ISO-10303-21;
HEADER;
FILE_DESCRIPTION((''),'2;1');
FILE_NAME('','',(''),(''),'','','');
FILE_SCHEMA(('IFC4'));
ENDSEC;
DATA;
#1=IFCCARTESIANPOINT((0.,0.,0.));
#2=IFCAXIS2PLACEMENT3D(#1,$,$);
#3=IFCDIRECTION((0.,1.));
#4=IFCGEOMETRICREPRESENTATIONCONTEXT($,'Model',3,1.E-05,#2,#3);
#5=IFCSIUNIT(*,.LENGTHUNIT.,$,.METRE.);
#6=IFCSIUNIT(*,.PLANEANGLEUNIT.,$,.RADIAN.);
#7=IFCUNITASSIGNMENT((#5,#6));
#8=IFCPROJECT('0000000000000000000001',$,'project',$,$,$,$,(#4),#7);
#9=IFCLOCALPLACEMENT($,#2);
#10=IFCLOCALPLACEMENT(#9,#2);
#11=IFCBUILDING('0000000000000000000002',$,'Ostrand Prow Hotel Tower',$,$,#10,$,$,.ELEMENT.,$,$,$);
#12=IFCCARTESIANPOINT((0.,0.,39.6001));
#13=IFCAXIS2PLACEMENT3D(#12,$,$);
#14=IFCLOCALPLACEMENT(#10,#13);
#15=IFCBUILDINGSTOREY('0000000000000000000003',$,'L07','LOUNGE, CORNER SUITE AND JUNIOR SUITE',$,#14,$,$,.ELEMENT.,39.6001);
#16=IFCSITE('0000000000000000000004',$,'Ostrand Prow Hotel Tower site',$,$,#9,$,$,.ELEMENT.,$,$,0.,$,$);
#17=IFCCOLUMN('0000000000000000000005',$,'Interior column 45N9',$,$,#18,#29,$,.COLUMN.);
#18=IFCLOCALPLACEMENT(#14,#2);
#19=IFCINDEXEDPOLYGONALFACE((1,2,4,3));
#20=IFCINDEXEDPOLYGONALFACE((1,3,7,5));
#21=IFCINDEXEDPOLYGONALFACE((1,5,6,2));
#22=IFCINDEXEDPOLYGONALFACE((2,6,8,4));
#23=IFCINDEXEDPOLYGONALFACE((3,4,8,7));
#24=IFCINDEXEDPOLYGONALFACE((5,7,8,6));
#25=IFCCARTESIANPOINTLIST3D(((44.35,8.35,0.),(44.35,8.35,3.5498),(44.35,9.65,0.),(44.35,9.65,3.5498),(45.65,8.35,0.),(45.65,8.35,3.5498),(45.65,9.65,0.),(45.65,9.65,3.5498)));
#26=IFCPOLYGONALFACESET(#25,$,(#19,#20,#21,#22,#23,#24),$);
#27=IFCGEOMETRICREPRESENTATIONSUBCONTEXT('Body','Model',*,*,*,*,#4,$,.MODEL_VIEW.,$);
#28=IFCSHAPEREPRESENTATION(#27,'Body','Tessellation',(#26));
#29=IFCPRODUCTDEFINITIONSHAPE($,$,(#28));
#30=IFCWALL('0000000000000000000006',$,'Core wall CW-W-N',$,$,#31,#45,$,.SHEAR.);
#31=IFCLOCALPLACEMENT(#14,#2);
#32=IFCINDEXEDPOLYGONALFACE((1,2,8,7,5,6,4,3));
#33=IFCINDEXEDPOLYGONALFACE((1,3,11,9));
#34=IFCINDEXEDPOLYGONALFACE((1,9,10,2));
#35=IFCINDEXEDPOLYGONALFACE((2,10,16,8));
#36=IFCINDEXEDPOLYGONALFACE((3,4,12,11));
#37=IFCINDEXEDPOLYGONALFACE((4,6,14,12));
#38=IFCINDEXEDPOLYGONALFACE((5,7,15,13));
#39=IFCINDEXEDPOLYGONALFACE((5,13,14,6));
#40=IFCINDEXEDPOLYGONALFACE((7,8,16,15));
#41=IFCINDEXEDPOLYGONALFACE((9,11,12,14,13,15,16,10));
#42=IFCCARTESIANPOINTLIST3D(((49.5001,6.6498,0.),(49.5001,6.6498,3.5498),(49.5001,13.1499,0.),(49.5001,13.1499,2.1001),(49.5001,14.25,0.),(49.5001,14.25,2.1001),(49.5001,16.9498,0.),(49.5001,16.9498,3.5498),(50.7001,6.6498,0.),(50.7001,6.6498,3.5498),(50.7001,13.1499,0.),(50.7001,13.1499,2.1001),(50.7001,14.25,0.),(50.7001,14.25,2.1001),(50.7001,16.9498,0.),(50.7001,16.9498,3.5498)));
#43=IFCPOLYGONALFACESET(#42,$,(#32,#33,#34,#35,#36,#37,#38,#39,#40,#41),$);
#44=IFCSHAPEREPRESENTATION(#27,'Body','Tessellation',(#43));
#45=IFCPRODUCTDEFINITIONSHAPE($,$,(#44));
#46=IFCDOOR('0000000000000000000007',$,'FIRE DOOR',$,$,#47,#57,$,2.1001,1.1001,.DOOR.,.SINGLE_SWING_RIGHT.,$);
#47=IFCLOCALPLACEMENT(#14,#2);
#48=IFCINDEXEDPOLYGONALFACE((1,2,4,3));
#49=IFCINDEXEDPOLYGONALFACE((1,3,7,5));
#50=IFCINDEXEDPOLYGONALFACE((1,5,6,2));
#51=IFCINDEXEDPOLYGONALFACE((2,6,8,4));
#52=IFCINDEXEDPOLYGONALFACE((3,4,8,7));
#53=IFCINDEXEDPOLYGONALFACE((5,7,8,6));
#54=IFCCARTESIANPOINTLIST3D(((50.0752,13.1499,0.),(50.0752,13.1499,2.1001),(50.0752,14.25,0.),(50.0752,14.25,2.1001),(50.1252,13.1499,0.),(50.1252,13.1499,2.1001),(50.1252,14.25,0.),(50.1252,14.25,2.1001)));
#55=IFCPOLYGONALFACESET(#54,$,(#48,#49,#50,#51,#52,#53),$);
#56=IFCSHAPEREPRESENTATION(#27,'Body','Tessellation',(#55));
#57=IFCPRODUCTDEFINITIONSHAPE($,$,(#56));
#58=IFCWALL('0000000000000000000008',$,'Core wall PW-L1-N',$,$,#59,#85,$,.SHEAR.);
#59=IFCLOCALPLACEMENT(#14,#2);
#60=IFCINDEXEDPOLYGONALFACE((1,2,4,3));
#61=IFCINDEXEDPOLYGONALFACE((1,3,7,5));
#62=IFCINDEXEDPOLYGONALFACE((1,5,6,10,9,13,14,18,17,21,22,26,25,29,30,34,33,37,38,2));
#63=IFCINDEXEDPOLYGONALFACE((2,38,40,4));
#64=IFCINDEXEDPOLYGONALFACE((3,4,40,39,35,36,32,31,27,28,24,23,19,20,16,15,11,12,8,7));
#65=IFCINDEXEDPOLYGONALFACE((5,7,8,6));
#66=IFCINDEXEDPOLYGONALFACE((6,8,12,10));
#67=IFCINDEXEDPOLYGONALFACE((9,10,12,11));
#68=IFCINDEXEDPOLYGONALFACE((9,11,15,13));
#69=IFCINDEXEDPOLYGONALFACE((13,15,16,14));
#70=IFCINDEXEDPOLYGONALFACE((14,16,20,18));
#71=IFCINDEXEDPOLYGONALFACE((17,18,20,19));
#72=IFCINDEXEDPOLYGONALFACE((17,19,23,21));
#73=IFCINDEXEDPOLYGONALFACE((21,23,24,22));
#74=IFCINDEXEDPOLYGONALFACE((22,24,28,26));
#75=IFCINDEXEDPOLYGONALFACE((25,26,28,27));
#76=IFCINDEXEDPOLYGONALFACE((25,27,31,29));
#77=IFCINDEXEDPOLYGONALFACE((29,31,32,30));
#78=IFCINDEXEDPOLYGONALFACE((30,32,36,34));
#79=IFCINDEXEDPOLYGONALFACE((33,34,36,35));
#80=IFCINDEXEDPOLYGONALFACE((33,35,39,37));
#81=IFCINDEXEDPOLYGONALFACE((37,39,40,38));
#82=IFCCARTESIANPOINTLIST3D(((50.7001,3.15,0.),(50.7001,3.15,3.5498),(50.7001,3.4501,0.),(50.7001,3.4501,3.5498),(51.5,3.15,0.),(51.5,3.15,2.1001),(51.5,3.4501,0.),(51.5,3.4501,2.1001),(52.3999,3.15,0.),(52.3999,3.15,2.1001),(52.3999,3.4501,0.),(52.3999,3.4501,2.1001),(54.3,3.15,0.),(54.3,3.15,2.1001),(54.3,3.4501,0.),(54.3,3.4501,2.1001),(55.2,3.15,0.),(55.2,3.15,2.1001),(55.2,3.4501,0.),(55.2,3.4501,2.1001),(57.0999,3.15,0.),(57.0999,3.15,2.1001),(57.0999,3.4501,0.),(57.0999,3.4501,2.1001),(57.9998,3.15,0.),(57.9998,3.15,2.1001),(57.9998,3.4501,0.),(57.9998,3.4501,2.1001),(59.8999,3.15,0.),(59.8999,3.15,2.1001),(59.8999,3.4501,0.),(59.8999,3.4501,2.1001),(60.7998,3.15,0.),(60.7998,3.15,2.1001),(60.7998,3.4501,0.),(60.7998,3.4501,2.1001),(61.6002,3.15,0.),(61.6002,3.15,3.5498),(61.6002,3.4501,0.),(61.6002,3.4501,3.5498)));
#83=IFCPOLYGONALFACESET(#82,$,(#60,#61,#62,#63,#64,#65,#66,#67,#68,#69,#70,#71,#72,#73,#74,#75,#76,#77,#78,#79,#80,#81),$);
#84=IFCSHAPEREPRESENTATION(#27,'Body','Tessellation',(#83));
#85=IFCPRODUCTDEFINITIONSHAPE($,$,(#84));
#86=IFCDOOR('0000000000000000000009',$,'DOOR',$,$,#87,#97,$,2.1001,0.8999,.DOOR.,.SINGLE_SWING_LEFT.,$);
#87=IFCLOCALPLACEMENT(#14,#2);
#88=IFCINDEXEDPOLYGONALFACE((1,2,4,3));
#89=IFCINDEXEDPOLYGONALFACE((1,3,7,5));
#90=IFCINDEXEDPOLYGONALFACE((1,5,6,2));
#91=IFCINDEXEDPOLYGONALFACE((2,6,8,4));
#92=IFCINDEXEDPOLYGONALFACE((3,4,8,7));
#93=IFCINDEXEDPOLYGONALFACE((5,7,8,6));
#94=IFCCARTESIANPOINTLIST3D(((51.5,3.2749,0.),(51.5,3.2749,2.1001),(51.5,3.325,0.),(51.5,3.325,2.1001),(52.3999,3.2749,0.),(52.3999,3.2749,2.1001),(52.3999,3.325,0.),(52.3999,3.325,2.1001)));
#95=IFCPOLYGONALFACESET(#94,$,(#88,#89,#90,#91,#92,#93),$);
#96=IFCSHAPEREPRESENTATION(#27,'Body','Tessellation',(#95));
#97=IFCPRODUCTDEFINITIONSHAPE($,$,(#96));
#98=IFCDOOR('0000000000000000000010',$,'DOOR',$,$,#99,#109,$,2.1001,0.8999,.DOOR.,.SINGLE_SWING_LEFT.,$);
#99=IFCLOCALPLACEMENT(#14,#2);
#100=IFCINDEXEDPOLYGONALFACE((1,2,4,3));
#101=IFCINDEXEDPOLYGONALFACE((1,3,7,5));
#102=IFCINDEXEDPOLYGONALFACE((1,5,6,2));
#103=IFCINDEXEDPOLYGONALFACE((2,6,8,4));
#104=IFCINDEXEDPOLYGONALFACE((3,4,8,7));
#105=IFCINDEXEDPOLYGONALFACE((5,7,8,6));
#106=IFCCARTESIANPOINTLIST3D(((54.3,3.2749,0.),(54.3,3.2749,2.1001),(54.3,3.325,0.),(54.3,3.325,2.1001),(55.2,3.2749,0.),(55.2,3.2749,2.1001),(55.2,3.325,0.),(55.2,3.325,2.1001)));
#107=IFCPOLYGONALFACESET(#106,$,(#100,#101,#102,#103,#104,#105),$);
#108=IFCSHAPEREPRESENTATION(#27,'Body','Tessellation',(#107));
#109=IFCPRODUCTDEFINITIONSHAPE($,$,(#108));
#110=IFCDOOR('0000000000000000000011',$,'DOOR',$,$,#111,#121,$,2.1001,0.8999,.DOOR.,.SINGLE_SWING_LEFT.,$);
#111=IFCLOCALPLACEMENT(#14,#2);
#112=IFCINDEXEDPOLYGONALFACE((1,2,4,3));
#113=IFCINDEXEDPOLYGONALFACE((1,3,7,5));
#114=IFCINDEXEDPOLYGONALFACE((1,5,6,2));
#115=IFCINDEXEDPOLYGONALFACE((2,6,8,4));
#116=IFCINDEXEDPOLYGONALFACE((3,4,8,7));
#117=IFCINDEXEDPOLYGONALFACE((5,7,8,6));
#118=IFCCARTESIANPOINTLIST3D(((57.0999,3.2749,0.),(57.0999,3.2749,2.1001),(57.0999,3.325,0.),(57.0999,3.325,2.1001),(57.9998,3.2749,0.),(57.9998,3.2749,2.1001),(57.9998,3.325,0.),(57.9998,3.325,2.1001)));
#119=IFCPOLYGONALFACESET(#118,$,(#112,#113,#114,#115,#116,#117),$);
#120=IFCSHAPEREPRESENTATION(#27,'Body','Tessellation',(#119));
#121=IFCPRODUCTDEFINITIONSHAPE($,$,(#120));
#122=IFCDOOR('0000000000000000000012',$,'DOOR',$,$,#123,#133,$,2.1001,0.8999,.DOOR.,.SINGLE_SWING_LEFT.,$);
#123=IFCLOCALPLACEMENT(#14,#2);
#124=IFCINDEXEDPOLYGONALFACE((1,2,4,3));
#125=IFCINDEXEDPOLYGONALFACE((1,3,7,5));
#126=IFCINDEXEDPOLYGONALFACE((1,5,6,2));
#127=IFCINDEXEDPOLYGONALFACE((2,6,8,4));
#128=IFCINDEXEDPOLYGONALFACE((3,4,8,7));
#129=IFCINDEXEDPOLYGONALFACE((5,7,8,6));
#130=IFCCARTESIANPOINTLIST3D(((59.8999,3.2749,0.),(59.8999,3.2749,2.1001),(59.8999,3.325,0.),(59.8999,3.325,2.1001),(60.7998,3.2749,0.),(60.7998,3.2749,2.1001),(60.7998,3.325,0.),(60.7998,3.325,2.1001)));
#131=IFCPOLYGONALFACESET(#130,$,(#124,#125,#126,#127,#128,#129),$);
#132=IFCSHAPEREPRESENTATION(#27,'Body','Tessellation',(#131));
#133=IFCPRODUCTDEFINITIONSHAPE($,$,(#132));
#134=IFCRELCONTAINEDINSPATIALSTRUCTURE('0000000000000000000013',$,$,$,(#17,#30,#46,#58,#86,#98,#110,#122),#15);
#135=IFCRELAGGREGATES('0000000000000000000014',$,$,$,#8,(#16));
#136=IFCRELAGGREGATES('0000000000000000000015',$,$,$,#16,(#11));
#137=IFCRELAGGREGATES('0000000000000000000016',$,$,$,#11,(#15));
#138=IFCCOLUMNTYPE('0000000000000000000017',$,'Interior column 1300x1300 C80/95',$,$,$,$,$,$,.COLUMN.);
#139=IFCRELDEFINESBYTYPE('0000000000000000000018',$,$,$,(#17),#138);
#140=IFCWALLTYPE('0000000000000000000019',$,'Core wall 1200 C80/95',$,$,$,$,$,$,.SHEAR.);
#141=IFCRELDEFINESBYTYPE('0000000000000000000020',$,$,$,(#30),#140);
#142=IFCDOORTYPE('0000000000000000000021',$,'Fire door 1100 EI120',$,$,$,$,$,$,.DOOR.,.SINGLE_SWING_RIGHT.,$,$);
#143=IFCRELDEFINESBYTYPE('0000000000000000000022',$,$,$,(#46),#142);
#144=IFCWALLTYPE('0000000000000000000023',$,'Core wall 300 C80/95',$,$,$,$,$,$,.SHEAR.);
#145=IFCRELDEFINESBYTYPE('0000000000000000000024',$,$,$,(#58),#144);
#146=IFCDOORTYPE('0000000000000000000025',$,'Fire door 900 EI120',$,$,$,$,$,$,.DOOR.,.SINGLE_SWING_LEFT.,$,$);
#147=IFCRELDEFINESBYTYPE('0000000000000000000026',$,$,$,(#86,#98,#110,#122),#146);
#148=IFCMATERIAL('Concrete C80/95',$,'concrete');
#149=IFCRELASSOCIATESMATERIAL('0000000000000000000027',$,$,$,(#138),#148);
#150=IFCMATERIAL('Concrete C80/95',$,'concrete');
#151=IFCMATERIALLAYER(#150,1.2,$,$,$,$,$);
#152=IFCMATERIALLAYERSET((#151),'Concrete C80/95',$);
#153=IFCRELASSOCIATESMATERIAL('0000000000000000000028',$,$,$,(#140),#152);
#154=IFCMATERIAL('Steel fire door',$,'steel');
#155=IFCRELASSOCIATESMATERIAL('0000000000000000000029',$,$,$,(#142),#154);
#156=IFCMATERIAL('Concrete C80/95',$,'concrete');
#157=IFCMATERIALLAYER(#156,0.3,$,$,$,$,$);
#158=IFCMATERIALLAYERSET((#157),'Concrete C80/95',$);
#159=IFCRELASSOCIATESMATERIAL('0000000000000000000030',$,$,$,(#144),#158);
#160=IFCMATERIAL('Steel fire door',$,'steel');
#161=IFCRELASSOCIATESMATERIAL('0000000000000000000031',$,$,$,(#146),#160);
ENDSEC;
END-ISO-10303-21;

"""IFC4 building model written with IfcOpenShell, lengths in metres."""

from ifc_helpers import new_model, si_unit, direction, frame, frame_2d, origin, origin_2d, place, context, subcontext, project, spatial, rectangle, extrude, material, layer, layer_set, material_profile, profile_set, type_object, element, fill, save


model = new_model("IFC4")

# Units and contexts
model_context = context("Model", 3, precision=1e-05, world=origin(), true_north=direction((0.0, 1.0)))
body_context = subcontext(model_context, "Body", "Model", "MODEL_VIEW")
ifc_project = project(units=[si_unit("LENGTHUNIT", "METRE"), si_unit("PLANEANGLEUNIT", "RADIAN")], contexts=[model_context])

# Site, building, storey
site_placement = place(None, origin())
site = spatial("IfcSite", under=ifc_project, at=site_placement, Name="Ostrand Prow Hotel Tower site", CompositionType="ELEMENT", RefElevation=0.0)
building_placement = place(site_placement, origin())
building = spatial("IfcBuilding", under=site, at=building_placement, Name="Ostrand Prow Hotel Tower", CompositionType="ELEMENT")
storey_placement = place(building_placement, frame((0.0, 0.0, 39.6001)))
storey = spatial("IfcBuildingStorey", under=building, at=storey_placement, Name="L07", Description="LOUNGE, CORNER SUITE AND JUNIOR SUITE", CompositionType="ELEMENT", Elevation=39.6001)

# Column
ifc_material_1 = material(Name="Concrete C80/95", Category="concrete")
ifc_material_profile = material_profile(ifc_material_1, rectangle(XDim=1.3, YDim=1.3, at=origin_2d()), Name="RC 1300x1300")
ifc_profile_set = profile_set([ifc_material_profile], Name="Concrete C80/95")
column_type = type_object("IfcColumnType", Name="Interior column 1300x1300 C80/95", PredefinedType="COLUMN", material=ifc_profile_set)
column_placement = place(storey_placement, frame((45.0, 9.0, 0.0), z_axis=(0.0, 0.0, 1.0), x_axis=(1.0, 0.0, 0.0)))
element("IfcColumn", 1, at=column_placement, inside=storey, type_object=column_type, Name="Interior column 45N9", PredefinedType="COLUMN", context=body_context, shape_type="SweptSolid", body=[
    extrude(rectangle(XDim=1.3, YDim=1.3, at=origin_2d()), origin(), (0.0, 0.0, 1.0), 3.5498),
])

# Wall, opening, door
ifc_material_2 = material(Name="Concrete C80/95", Category="concrete")
ifc_layer_1 = layer(ifc_material_2, 1.2)
ifc_layer_set_1 = layer_set([ifc_layer_1], Name="Concrete C80/95")
wall_type_1 = type_object("IfcWallType", Name="Core wall 1200 C80/95", PredefinedType="SHEAR", material=ifc_layer_set_1)
wall_1_placement = place(storey_placement, frame((50.1001, 6.6499, 0.0), z_axis=(0.0, 0.0, 1.0), x_axis=(0.0, 1.0, 0.0)))
wall_1 = element("IfcWall", 2, at=wall_1_placement, inside=storey, type_object=wall_type_1, Name="Core wall CW-W-N", PredefinedType="SHEAR", context=body_context, shape_type="SweptSolid", body=[
    extrude(rectangle(XDim=10.3, YDim=1.2, at=frame_2d((5.1499, 0.0))), origin(), (0.0, 0.0, 1.0), 3.5498),
])
opening_1_placement = place(wall_1_placement, frame((6.5, 0.0, 0.0)))
opening_1 = element("IfcOpeningElement", 3, at=opening_1_placement, cuts=wall_1, PredefinedType="OPENING", context=body_context, shape_type="SweptSolid", body=[
    extrude(rectangle(XDim=1.1001, YDim=2.1001, at=frame_2d((0.55, 1.05))), frame((0.0, 0.6099, 0.0), z_axis=(0.0, -1.0, 0.0), x_axis=(1.0, 0.0, 0.0)), (0.0, 0.0, 1.0), 1.22),
])
ifc_material_3 = material(Name="Steel fire door", Category="steel")
door_type_1 = type_object("IfcDoorType", Name="Fire door 1100 EI120", OperationType="SINGLE_SWING_RIGHT", PredefinedType="DOOR", material=ifc_material_3)
door_1_placement = place(opening_1_placement, origin())
door_1 = element("IfcDoor", 4, at=door_1_placement, inside=storey, type_object=door_type_1, Name="FIRE DOOR", OperationType="SINGLE_SWING_RIGHT", OverallHeight=2.1001, OverallWidth=1.1001, PredefinedType="DOOR", context=body_context, shape_type="SweptSolid", body=[
    extrude(rectangle(XDim=1.1001, YDim=2.1001, at=frame_2d((0.55, 1.05))), frame((0.0, 0.0249, 0.0), z_axis=(0.0, -1.0, 0.0), x_axis=(1.0, 0.0, 0.0)), (0.0, 0.0, 1.0), 0.05),
])
fill(opening_1, door_1)

# Wall, openings, doors
ifc_material_4 = material(Name="Concrete C80/95", Category="concrete")
ifc_layer_2 = layer(ifc_material_4, 0.3)
ifc_layer_set_2 = layer_set([ifc_layer_2], Name="Concrete C80/95")
wall_type_2 = type_object("IfcWallType", Name="Core wall 300 C80/95", PredefinedType="SHEAR", material=ifc_layer_set_2)
wall_2_placement = place(storey_placement, frame((50.7, 3.3, 0.0), z_axis=(0.0, 0.0, 1.0), x_axis=(1.0, 0.0, 0.0)))
wall_2 = element("IfcWall", 5, at=wall_2_placement, inside=storey, type_object=wall_type_2, Name="Core wall PW-L1-N", PredefinedType="SHEAR", context=body_context, shape_type="SweptSolid", body=[
    extrude(rectangle(XDim=10.9001, YDim=0.3, at=frame_2d((5.4502, 0.0))), origin(), (0.0, 0.0, 1.0), 3.5498),
])
opening_2_placement = place(wall_2_placement, frame((0.8, 0.0, 0.0)))
opening_2 = element("IfcOpeningElement", 6, at=opening_2_placement, cuts=wall_2, PredefinedType="OPENING", context=body_context, shape_type="SweptSolid", body=[
    extrude(rectangle(XDim=0.8999, YDim=2.1001, at=frame_2d((0.45, 1.05))), frame((0.0, 0.1599, 0.0), z_axis=(0.0, -1.0, 0.0), x_axis=(1.0, 0.0, 0.0)), (0.0, 0.0, 1.0), 0.3201),
])
opening_3_placement = place(wall_2_placement, frame((3.6001, 0.0, 0.0)))
opening_3 = element("IfcOpeningElement", 7, at=opening_3_placement, cuts=wall_2, PredefinedType="OPENING", context=body_context, shape_type="SweptSolid", body=[
    extrude(rectangle(XDim=0.8999, YDim=2.1001, at=frame_2d((0.45, 1.05))), frame((0.0, 0.1599, 0.0), z_axis=(0.0, -1.0, 0.0), x_axis=(1.0, 0.0, 0.0)), (0.0, 0.0, 1.0), 0.3201),
])
opening_4_placement = place(wall_2_placement, frame((6.3999, 0.0, 0.0)))
opening_4 = element("IfcOpeningElement", 8, at=opening_4_placement, cuts=wall_2, PredefinedType="OPENING", context=body_context, shape_type="SweptSolid", body=[
    extrude(rectangle(XDim=0.8999, YDim=2.1001, at=frame_2d((0.45, 1.05))), frame((0.0, 0.1599, 0.0), z_axis=(0.0, -1.0, 0.0), x_axis=(1.0, 0.0, 0.0)), (0.0, 0.0, 1.0), 0.3201),
])
opening_5_placement = place(wall_2_placement, frame((9.2, 0.0, 0.0)))
opening_5 = element("IfcOpeningElement", 9, at=opening_5_placement, cuts=wall_2, PredefinedType="OPENING", context=body_context, shape_type="SweptSolid", body=[
    extrude(rectangle(XDim=0.8999, YDim=2.1001, at=frame_2d((0.45, 1.05))), frame((0.0, 0.1599, 0.0), z_axis=(0.0, -1.0, 0.0), x_axis=(1.0, 0.0, 0.0)), (0.0, 0.0, 1.0), 0.3201),
])
ifc_material_5 = material(Name="Steel fire door", Category="steel")
door_type_2 = type_object("IfcDoorType", Name="Fire door 900 EI120", OperationType="SINGLE_SWING_LEFT", PredefinedType="DOOR", material=ifc_material_5)
door_2_placement = place(opening_2_placement, origin())
door_2 = element("IfcDoor", 10, at=door_2_placement, inside=storey, type_object=door_type_2, Name="DOOR", OperationType="SINGLE_SWING_LEFT", OverallHeight=2.1001, OverallWidth=0.8999, PredefinedType="DOOR", context=body_context, shape_type="SweptSolid", body=[
    extrude(rectangle(XDim=0.8999, YDim=2.1001, at=frame_2d((0.45, 1.05))), frame((0.0, 0.0249, 0.0), z_axis=(0.0, -1.0, 0.0), x_axis=(1.0, 0.0, 0.0)), (0.0, 0.0, 1.0), 0.05),
])
fill(opening_2, door_2)
door_3_placement = place(opening_3_placement, origin())
door_3 = element("IfcDoor", 11, at=door_3_placement, inside=storey, type_object=door_type_2, Name="DOOR", OperationType="SINGLE_SWING_LEFT", OverallHeight=2.1001, OverallWidth=0.8999, PredefinedType="DOOR", context=body_context, shape_type="SweptSolid", body=[
    extrude(rectangle(XDim=0.8999, YDim=2.1001, at=frame_2d((0.45, 1.05))), frame((0.0, 0.0249, 0.0), z_axis=(0.0, -1.0, 0.0), x_axis=(1.0, 0.0, 0.0)), (0.0, 0.0, 1.0), 0.05),
])
fill(opening_3, door_3)
door_4_placement = place(opening_4_placement, origin())
door_4 = element("IfcDoor", 12, at=door_4_placement, inside=storey, type_object=door_type_2, Name="DOOR", OperationType="SINGLE_SWING_LEFT", OverallHeight=2.1001, OverallWidth=0.8999, PredefinedType="DOOR", context=body_context, shape_type="SweptSolid", body=[
    extrude(rectangle(XDim=0.8999, YDim=2.1001, at=frame_2d((0.45, 1.05))), frame((0.0, 0.0249, 0.0), z_axis=(0.0, -1.0, 0.0), x_axis=(1.0, 0.0, 0.0)), (0.0, 0.0, 1.0), 0.05),
])
fill(opening_4, door_4)
door_5_placement = place(opening_5_placement, origin())
door_5 = element("IfcDoor", 13, at=door_5_placement, inside=storey, type_object=door_type_2, Name="DOOR", OperationType="SINGLE_SWING_LEFT", OverallHeight=2.1001, OverallWidth=0.8999, PredefinedType="DOOR", context=body_context, shape_type="SweptSolid", body=[
    extrude(rectangle(XDim=0.8999, YDim=2.1001, at=frame_2d((0.45, 1.05))), frame((0.0, 0.0249, 0.0), z_axis=(0.0, -1.0, 0.0), x_axis=(1.0, 0.0, 0.0)), (0.0, 0.0, 1.0), 0.05),
])
fill(opening_5, door_5)

save(model, "model.ifc")
